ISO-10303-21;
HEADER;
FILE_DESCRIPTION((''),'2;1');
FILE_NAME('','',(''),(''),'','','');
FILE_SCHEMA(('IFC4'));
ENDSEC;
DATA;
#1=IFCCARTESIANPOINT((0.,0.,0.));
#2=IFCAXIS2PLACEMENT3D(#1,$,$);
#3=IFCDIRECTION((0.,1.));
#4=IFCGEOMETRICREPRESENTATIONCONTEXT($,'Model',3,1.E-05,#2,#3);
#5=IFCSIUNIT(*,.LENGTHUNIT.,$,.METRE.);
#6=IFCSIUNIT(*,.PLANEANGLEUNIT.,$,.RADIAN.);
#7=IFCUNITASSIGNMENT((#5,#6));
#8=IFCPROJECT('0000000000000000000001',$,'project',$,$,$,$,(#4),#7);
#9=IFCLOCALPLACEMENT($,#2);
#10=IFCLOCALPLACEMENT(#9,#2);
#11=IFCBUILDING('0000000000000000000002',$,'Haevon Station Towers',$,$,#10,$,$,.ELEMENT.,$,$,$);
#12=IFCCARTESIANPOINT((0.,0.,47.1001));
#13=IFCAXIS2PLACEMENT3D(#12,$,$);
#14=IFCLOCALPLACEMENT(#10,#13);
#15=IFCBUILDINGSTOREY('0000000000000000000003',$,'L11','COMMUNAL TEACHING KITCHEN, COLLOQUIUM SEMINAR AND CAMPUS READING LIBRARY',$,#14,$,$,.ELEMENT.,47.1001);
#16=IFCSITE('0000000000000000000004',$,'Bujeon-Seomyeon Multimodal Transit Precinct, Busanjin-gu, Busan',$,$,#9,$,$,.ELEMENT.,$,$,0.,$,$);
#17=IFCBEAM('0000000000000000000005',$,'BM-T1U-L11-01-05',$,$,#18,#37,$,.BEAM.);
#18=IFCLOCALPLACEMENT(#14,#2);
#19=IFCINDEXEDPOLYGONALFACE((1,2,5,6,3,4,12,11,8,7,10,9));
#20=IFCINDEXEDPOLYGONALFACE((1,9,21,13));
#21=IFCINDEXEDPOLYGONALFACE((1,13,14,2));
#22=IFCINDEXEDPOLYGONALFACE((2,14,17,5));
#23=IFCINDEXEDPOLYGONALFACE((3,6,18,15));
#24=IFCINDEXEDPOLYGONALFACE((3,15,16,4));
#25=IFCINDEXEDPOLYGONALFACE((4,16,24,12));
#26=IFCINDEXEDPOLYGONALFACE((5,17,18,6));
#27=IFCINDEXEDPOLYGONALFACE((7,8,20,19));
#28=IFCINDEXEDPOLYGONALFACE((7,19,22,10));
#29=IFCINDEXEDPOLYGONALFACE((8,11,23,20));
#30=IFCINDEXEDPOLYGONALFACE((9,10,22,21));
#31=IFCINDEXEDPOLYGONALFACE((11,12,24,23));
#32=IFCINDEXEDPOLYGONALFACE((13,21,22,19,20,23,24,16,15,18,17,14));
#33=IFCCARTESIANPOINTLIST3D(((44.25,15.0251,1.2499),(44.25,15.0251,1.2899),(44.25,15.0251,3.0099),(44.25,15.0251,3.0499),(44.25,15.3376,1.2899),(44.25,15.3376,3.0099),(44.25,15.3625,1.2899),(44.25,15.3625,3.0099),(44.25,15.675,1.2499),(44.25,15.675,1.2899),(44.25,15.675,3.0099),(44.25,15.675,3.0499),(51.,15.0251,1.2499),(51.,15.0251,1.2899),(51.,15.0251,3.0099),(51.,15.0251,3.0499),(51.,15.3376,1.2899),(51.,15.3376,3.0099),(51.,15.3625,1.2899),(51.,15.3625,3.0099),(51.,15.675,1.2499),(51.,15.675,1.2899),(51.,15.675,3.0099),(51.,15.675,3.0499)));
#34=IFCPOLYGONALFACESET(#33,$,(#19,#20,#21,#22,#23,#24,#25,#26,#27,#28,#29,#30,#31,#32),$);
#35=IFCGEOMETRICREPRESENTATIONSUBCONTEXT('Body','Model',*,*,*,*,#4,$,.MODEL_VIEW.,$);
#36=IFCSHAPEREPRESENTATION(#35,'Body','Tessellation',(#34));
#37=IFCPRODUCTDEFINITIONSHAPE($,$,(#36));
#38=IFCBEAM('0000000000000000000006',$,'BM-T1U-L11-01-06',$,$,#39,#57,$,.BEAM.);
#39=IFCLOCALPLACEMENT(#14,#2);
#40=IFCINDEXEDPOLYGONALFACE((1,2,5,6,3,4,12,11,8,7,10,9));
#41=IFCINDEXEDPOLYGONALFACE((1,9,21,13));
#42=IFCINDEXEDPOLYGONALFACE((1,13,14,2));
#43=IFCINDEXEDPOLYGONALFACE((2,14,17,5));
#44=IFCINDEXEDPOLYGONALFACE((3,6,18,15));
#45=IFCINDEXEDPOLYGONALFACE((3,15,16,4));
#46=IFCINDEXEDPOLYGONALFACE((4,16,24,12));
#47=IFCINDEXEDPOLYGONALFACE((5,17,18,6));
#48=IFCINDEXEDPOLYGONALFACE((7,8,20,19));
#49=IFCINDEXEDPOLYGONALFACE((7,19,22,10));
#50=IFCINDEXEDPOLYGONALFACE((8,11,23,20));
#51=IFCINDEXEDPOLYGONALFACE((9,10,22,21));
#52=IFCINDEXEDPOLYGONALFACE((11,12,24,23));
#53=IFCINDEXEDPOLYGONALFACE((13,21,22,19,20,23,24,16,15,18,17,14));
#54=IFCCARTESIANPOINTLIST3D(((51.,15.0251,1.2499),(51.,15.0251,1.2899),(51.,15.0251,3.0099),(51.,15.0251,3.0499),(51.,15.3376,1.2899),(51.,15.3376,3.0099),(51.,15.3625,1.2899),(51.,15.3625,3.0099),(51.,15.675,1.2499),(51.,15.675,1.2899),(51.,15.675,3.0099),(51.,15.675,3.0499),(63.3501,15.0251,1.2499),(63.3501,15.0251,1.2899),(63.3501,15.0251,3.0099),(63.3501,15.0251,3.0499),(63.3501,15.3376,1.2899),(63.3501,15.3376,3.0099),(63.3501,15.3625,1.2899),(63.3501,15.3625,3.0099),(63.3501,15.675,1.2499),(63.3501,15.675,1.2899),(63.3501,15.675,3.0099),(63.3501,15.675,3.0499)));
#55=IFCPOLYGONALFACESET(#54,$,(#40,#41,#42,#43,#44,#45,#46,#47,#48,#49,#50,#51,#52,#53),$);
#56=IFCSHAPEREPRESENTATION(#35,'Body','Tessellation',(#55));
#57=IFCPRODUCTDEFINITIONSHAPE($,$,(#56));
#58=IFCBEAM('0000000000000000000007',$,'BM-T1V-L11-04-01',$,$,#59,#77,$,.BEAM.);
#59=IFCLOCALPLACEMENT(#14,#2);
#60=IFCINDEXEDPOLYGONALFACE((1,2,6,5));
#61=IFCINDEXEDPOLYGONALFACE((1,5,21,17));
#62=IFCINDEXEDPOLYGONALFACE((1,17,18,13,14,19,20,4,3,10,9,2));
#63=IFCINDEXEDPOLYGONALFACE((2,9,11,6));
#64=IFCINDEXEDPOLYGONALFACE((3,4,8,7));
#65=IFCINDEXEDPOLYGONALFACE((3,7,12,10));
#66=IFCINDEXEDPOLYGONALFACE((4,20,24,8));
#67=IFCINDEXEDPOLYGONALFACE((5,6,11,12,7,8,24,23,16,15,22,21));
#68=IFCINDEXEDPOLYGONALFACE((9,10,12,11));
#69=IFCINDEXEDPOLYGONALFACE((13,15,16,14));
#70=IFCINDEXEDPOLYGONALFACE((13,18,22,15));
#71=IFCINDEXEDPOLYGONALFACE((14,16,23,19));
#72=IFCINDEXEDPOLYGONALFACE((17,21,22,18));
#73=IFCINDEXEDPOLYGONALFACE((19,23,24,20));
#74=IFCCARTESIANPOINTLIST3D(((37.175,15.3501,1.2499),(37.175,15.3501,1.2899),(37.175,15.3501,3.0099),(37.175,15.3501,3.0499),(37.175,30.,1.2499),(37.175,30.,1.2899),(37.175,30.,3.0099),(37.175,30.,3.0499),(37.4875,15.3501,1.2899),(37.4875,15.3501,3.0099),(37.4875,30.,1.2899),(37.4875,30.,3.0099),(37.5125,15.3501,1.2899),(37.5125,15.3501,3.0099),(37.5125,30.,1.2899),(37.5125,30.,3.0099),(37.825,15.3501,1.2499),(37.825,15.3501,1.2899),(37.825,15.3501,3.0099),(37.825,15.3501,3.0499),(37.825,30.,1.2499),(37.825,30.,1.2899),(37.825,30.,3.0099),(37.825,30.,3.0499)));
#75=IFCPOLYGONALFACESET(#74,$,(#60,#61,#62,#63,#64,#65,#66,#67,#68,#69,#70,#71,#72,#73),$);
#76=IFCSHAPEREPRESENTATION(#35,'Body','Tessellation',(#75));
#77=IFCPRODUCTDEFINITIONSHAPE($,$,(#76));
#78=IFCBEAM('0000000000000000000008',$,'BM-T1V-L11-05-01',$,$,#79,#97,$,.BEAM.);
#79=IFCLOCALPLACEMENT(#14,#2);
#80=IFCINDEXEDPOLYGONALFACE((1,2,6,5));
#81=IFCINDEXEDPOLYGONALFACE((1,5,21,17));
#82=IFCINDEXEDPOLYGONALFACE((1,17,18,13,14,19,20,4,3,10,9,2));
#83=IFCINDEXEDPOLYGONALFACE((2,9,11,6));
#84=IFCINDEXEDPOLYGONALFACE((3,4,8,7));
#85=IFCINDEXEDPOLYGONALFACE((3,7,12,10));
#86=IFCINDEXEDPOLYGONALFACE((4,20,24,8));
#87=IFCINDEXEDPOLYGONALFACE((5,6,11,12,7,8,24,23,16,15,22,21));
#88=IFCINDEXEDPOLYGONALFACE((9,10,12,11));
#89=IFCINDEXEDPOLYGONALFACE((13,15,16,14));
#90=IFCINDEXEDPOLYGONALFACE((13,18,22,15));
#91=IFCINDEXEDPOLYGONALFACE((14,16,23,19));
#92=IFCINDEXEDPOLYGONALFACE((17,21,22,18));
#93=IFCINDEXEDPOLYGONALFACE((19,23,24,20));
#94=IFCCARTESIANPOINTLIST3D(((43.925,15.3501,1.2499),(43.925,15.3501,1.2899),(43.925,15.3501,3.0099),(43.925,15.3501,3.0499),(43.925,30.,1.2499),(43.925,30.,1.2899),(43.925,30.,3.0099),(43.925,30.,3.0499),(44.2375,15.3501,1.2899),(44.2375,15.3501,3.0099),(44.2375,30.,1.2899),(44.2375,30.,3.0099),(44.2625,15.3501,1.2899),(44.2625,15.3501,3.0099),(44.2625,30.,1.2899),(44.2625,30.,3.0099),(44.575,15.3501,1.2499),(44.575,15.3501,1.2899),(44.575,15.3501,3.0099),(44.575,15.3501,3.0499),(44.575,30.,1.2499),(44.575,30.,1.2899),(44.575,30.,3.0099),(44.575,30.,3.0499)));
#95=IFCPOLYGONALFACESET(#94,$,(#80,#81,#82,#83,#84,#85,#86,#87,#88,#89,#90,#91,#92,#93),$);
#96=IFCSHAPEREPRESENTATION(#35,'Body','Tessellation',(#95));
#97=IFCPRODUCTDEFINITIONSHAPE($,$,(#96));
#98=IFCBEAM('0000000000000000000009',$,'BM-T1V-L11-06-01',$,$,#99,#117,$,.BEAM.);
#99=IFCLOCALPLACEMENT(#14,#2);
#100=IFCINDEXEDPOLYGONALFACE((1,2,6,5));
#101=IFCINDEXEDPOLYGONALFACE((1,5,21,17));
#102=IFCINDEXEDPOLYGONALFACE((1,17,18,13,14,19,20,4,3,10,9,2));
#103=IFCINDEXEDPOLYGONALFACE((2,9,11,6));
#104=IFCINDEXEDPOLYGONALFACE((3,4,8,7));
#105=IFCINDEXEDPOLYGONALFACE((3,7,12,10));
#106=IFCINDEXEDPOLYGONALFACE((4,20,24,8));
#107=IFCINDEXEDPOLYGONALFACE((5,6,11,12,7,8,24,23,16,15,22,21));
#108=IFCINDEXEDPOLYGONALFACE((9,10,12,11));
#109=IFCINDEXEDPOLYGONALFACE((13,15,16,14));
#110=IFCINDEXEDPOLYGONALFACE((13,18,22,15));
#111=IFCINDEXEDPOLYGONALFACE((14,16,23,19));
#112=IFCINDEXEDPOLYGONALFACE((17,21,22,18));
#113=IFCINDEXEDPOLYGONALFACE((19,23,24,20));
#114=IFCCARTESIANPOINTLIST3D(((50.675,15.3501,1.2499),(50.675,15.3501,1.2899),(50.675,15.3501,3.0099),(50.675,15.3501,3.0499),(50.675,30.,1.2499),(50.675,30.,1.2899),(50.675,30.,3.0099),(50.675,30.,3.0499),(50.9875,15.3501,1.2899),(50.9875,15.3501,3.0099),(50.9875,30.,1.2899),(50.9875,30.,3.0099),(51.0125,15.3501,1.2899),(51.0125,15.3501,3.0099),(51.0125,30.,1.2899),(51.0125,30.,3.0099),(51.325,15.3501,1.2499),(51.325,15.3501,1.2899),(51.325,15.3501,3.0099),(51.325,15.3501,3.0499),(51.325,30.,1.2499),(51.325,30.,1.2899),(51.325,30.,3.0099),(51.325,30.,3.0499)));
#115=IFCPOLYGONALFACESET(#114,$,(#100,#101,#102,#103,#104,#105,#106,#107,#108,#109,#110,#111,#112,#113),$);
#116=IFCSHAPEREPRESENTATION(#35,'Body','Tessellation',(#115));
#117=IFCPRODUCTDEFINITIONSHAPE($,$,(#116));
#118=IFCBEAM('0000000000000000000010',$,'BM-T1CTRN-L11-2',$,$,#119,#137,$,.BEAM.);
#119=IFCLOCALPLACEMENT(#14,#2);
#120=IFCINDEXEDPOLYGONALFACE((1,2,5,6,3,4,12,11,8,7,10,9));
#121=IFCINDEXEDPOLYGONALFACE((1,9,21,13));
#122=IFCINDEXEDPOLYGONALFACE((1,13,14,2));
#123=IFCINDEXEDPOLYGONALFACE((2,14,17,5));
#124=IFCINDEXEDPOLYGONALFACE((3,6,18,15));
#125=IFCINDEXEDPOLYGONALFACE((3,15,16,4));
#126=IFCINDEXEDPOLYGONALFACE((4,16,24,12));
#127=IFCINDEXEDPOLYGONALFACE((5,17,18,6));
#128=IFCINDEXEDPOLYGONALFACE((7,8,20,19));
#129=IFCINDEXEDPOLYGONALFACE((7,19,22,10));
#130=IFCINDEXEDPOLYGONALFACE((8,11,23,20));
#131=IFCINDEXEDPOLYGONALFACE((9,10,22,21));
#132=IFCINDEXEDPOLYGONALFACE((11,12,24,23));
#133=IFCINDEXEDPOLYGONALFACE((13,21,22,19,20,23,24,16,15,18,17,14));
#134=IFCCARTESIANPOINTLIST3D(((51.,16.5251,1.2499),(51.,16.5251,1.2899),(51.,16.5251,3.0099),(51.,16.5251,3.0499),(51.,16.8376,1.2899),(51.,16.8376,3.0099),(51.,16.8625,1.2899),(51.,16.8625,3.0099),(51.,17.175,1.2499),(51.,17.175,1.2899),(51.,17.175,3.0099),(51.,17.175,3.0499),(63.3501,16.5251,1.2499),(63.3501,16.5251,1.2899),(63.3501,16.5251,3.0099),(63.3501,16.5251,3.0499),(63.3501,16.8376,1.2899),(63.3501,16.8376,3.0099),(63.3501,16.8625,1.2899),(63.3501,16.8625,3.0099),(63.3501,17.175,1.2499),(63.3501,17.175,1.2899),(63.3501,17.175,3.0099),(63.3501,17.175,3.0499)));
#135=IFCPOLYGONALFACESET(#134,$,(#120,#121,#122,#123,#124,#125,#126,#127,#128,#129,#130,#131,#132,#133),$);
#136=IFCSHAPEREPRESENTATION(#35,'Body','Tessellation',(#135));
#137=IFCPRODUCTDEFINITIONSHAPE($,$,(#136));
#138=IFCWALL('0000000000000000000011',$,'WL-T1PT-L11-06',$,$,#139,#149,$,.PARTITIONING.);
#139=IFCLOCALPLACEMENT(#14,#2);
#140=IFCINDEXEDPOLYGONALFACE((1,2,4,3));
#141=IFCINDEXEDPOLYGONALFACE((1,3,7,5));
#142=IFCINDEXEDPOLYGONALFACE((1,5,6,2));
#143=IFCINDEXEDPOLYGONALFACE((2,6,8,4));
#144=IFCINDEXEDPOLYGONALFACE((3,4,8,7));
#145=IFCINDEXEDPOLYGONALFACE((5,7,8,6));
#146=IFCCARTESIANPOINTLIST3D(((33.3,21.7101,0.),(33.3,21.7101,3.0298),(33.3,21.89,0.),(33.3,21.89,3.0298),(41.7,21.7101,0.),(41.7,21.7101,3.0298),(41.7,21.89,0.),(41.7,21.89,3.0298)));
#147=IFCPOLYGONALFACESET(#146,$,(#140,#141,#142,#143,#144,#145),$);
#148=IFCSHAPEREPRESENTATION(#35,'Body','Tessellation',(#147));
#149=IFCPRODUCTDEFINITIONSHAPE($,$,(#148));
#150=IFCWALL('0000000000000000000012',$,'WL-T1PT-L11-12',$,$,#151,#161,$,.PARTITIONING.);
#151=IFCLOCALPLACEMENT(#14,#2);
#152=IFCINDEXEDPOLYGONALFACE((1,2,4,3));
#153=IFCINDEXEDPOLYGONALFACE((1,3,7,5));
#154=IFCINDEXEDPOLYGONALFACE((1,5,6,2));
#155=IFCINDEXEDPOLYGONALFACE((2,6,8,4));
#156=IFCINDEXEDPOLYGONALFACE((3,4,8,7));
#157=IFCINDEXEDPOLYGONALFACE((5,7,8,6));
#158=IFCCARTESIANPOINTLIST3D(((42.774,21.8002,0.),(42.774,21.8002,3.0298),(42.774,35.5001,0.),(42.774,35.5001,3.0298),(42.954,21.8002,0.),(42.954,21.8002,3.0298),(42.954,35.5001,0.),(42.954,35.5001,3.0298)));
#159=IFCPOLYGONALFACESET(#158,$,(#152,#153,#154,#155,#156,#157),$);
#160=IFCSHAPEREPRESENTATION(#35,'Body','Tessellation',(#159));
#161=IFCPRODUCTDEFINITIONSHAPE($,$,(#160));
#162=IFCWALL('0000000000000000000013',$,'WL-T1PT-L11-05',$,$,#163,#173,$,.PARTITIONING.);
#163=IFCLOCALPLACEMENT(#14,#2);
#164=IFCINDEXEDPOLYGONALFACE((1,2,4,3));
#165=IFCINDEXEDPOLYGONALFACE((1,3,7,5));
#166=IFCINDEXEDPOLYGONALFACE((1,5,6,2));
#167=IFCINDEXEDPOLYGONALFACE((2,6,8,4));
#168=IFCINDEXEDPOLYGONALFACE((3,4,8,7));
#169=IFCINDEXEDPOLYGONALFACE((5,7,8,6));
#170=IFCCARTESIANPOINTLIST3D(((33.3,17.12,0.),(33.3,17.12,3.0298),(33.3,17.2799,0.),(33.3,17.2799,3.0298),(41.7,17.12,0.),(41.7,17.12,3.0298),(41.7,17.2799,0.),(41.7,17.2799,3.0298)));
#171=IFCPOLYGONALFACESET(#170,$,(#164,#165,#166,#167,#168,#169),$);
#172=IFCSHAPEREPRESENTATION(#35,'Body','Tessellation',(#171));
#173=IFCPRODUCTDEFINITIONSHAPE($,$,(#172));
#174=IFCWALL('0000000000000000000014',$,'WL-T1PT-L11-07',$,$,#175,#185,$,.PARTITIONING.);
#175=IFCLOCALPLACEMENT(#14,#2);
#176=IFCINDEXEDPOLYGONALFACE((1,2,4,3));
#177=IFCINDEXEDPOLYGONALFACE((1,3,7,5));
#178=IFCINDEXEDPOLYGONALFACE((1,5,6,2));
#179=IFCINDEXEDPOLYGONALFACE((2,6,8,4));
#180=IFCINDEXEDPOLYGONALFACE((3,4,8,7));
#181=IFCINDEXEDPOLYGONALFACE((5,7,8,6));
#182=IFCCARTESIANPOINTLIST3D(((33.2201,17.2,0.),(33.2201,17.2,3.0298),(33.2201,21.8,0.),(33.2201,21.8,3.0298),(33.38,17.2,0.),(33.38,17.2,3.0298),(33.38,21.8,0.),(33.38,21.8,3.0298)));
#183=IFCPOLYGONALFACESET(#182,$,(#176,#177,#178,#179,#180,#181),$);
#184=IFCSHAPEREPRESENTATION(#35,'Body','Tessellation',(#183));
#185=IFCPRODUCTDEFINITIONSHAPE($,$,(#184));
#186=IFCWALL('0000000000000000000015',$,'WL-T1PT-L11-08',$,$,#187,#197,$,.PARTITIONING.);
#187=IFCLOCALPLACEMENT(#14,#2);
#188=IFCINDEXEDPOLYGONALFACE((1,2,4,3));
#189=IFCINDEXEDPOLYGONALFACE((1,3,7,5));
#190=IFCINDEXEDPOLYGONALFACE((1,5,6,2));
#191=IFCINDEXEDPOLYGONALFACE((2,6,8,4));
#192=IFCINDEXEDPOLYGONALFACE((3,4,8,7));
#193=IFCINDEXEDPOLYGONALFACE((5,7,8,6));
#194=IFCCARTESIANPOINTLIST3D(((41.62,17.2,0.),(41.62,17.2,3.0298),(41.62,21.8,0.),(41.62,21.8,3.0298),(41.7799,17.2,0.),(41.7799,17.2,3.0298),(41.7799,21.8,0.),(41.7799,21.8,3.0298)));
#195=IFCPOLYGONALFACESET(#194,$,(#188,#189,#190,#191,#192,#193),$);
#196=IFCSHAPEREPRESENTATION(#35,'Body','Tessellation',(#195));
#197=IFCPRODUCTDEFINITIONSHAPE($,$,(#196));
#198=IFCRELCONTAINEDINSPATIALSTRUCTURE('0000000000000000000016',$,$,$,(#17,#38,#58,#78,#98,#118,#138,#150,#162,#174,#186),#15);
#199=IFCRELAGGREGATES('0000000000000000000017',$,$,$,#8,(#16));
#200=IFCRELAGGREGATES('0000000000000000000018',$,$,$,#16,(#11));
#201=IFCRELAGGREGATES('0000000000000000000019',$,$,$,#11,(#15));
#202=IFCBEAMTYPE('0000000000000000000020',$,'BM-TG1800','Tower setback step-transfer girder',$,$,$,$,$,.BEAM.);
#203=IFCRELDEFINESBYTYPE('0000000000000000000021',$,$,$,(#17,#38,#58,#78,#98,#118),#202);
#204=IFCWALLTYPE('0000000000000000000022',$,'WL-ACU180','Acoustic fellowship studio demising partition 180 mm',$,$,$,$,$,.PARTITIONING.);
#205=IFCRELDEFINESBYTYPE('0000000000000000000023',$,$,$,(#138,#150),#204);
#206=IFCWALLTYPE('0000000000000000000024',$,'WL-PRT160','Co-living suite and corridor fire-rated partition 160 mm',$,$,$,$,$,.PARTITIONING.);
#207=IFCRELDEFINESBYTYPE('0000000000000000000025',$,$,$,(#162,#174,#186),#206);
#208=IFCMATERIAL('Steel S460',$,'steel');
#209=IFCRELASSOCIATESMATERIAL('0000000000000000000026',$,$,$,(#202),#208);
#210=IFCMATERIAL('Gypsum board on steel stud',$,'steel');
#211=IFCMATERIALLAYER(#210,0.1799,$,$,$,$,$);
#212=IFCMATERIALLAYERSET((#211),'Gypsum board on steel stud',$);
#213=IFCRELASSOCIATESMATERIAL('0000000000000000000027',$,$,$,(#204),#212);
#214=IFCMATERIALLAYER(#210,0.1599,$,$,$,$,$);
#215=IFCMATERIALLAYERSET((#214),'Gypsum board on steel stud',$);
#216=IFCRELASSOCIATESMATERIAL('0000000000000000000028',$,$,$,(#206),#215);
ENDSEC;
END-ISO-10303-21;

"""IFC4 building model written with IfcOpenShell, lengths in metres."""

from ifc_helpers import new_model, si_unit, direction, frame, frame_2d, origin, origin_2d, place, context, subcontext, project, spatial, rectangle, i_section, extrude, material, layer, layer_set, material_profile, profile_set, type_object, element, save


model = new_model("IFC4")

# Units and contexts
model_context = context("Model", 3, precision=1e-05, world=origin(), true_north=direction((0.0, 1.0)))
body_context = subcontext(model_context, "Body", "Model", "MODEL_VIEW")
ifc_project = project(units=[si_unit("LENGTHUNIT", "METRE"), si_unit("PLANEANGLEUNIT", "RADIAN")], contexts=[model_context])

# Site, building, storey
site_placement = place(None, origin())
site = spatial("IfcSite", under=ifc_project, at=site_placement, Name="Bujeon-Seomyeon Multimodal Transit Precinct, Busanjin-gu, Busan", CompositionType="ELEMENT", RefElevation=0.0)
building_placement = place(site_placement, origin())
building = spatial("IfcBuilding", under=site, at=building_placement, Name="Haevon Station Towers", CompositionType="ELEMENT")
storey_placement = place(building_placement, frame((0.0, 0.0, 47.1001)))
storey = spatial("IfcBuildingStorey", under=building, at=storey_placement, Name="L11", Description="COMMUNAL TEACHING KITCHEN, COLLOQUIUM SEMINAR AND CAMPUS READING LIBRARY", CompositionType="ELEMENT", Elevation=47.1001)

# Shared definitions
ifc_material_1 = material(Name="Steel S460", Category="steel")

# Beams
ifc_material_profile_1 = material_profile(ifc_material_1, i_section(OverallWidth=0.6499, OverallDepth=1.8, WebThickness=0.0249, FlangeThickness=0.04, at=origin_2d()), Name="H-1800x650x25x40")
ifc_profile_set_1 = profile_set([ifc_material_profile_1], Name="Steel S460")
beam_type_1 = type_object("IfcBeamType", Name="BM-TG1800", Description="Tower setback step-transfer girder", PredefinedType="BEAM", material=ifc_profile_set_1)
for number, where, z_axis, x_axis, name in (
    (1, (44.25, 15.3501, 2.1499), (1.0, 0.0, 0.0), (0.0, 1.0, 0.0), "BM-T1U-L11-01-05"),
):
    element("IfcBeam", number, at=place(storey_placement, frame(where, z_axis=z_axis, x_axis=x_axis)), inside=storey, type_object=beam_type_1, Name=name, PredefinedType="BEAM", context=body_context, shape_type="SweptSolid", body=[
        extrude(i_section(OverallWidth=0.6499, OverallDepth=1.8, WebThickness=0.0249, FlangeThickness=0.04, at=origin_2d()), origin(), (0.0, 0.0, 1.0), 6.75),
    ])
beam_1_placement = place(storey_placement, frame((51.0, 15.3501, 2.1499), z_axis=(1.0, 0.0, 0.0), x_axis=(0.0, 1.0, 0.0)))
element("IfcBeam", 2, at=beam_1_placement, inside=storey, type_object=beam_type_1, Name="BM-T1U-L11-01-06", PredefinedType="BEAM", context=body_context, shape_type="SweptSolid", body=[
    extrude(i_section(OverallWidth=0.6499, OverallDepth=1.8, WebThickness=0.0249, FlangeThickness=0.04, at=origin_2d()), origin(), (0.0, 0.0, 1.0), 12.3501),
])
for number, where, z_axis, x_axis, name in (
    (3, (37.5, 15.3501, 2.1499), (0.0, 1.0, 0.0), (-1.0, 0.0, 0.0), "BM-T1V-L11-04-01"),
    (4, (44.25, 15.3501, 2.1499), (0.0, 1.0, 0.0), (-1.0, 0.0, 0.0), "BM-T1V-L11-05-01"),
    (5, (51.0, 15.3501, 2.1499), (0.0, 1.0, 0.0), (-1.0, 0.0, 0.0), "BM-T1V-L11-06-01"),
):
    element("IfcBeam", number, at=place(storey_placement, frame(where, z_axis=z_axis, x_axis=x_axis)), inside=storey, type_object=beam_type_1, Name=name, PredefinedType="BEAM", context=body_context, shape_type="SweptSolid", body=[
        extrude(i_section(OverallWidth=0.6499, OverallDepth=1.8, WebThickness=0.0249, FlangeThickness=0.04, at=origin_2d()), origin(), (0.0, 0.0, 1.0), 14.6499),
    ])
beam_2_placement = place(storey_placement, frame((51.0, 16.8501, 2.1499), z_axis=(1.0, 0.0, 0.0), x_axis=(0.0, 1.0, 0.0)))
element("IfcBeam", 6, at=beam_2_placement, inside=storey, type_object=beam_type_1, Name="BM-T1CTRN-L11-2", PredefinedType="BEAM", context=body_context, shape_type="SweptSolid", body=[
    extrude(i_section(OverallWidth=0.6499, OverallDepth=1.8, WebThickness=0.0249, FlangeThickness=0.04, at=origin_2d()), origin(), (0.0, 0.0, 1.0), 12.3501),
])

# Walls
ifc_material_2 = material(Name="Gypsum board on steel stud", Category="steel")
ifc_layer_1 = layer(ifc_material_2, 0.1799)
ifc_layer_set_1 = layer_set([ifc_layer_1], Name="Gypsum board on steel stud")
wall_type_1 = type_object("IfcWallType", Name="WL-ACU180", Description="Acoustic fellowship studio demising partition 180 mm", PredefinedType="PARTITIONING", material=ifc_layer_set_1)
wall_1_placement = place(storey_placement, frame((33.3, 21.8, 0.0), z_axis=(0.0, 0.0, 1.0), x_axis=(1.0, 0.0, 0.0)))
element("IfcWall", 7, at=wall_1_placement, inside=storey, type_object=wall_type_1, Name="WL-T1PT-L11-06", PredefinedType="PARTITIONING", context=body_context, shape_type="SweptSolid", body=[
    extrude(rectangle(XDim=8.3999, YDim=0.1799, at=frame_2d((4.2, 0.0))), origin(), (0.0, 0.0, 1.0), 3.0298),
])
wall_2_placement = place(storey_placement, frame((42.864, 21.8, 0.0), z_axis=(0.0, 0.0, 1.0), x_axis=(0.0, 1.0, 0.0)))
element("IfcWall", 8, at=wall_2_placement, inside=storey, type_object=wall_type_1, Name="WL-T1PT-L11-12", PredefinedType="PARTITIONING", context=body_context, shape_type="SweptSolid", body=[
    extrude(rectangle(XDim=13.7, YDim=0.1799, at=frame_2d((6.8501, 0.0))), origin(), (0.0, 0.0, 1.0), 3.0298),
])
ifc_layer_2 = layer(ifc_material_2, 0.1599)
ifc_layer_set_2 = layer_set([ifc_layer_2], Name="Gypsum board on steel stud")
wall_type_2 = type_object("IfcWallType", Name="WL-PRT160", Description="Co-living suite and corridor fire-rated partition 160 mm", PredefinedType="PARTITIONING", material=ifc_layer_set_2)
wall_3_placement = place(storey_placement, frame((33.3, 17.2, 0.0), z_axis=(0.0, 0.0, 1.0), x_axis=(1.0, 0.0, 0.0)))
element("IfcWall", 9, at=wall_3_placement, inside=storey, type_object=wall_type_2, Name="WL-T1PT-L11-05", PredefinedType="PARTITIONING", context=body_context, shape_type="SweptSolid", body=[
    extrude(rectangle(XDim=8.3999, YDim=0.1599, at=frame_2d((4.2, 0.0))), origin(), (0.0, 0.0, 1.0), 3.0298),
])
for number, where, z_axis, x_axis, name in (
    (10, (33.3, 17.2, 0.0), (0.0, 0.0, 1.0), (0.0, 1.0, 0.0), "WL-T1PT-L11-07"),
    (11, (41.7, 17.2, 0.0), (0.0, 0.0, 1.0), (0.0, 1.0, 0.0), "WL-T1PT-L11-08"),
):
    element("IfcWall", number, at=place(storey_placement, frame(where, z_axis=z_axis, x_axis=x_axis)), inside=storey, type_object=wall_type_2, Name=name, PredefinedType="PARTITIONING", context=body_context, shape_type="SweptSolid", body=[
        extrude(rectangle(XDim=4.6001, YDim=0.1599, at=frame_2d((2.3, 0.0))), origin(), (0.0, 0.0, 1.0), 3.0298),
    ])

save(model, "model.ifc")
